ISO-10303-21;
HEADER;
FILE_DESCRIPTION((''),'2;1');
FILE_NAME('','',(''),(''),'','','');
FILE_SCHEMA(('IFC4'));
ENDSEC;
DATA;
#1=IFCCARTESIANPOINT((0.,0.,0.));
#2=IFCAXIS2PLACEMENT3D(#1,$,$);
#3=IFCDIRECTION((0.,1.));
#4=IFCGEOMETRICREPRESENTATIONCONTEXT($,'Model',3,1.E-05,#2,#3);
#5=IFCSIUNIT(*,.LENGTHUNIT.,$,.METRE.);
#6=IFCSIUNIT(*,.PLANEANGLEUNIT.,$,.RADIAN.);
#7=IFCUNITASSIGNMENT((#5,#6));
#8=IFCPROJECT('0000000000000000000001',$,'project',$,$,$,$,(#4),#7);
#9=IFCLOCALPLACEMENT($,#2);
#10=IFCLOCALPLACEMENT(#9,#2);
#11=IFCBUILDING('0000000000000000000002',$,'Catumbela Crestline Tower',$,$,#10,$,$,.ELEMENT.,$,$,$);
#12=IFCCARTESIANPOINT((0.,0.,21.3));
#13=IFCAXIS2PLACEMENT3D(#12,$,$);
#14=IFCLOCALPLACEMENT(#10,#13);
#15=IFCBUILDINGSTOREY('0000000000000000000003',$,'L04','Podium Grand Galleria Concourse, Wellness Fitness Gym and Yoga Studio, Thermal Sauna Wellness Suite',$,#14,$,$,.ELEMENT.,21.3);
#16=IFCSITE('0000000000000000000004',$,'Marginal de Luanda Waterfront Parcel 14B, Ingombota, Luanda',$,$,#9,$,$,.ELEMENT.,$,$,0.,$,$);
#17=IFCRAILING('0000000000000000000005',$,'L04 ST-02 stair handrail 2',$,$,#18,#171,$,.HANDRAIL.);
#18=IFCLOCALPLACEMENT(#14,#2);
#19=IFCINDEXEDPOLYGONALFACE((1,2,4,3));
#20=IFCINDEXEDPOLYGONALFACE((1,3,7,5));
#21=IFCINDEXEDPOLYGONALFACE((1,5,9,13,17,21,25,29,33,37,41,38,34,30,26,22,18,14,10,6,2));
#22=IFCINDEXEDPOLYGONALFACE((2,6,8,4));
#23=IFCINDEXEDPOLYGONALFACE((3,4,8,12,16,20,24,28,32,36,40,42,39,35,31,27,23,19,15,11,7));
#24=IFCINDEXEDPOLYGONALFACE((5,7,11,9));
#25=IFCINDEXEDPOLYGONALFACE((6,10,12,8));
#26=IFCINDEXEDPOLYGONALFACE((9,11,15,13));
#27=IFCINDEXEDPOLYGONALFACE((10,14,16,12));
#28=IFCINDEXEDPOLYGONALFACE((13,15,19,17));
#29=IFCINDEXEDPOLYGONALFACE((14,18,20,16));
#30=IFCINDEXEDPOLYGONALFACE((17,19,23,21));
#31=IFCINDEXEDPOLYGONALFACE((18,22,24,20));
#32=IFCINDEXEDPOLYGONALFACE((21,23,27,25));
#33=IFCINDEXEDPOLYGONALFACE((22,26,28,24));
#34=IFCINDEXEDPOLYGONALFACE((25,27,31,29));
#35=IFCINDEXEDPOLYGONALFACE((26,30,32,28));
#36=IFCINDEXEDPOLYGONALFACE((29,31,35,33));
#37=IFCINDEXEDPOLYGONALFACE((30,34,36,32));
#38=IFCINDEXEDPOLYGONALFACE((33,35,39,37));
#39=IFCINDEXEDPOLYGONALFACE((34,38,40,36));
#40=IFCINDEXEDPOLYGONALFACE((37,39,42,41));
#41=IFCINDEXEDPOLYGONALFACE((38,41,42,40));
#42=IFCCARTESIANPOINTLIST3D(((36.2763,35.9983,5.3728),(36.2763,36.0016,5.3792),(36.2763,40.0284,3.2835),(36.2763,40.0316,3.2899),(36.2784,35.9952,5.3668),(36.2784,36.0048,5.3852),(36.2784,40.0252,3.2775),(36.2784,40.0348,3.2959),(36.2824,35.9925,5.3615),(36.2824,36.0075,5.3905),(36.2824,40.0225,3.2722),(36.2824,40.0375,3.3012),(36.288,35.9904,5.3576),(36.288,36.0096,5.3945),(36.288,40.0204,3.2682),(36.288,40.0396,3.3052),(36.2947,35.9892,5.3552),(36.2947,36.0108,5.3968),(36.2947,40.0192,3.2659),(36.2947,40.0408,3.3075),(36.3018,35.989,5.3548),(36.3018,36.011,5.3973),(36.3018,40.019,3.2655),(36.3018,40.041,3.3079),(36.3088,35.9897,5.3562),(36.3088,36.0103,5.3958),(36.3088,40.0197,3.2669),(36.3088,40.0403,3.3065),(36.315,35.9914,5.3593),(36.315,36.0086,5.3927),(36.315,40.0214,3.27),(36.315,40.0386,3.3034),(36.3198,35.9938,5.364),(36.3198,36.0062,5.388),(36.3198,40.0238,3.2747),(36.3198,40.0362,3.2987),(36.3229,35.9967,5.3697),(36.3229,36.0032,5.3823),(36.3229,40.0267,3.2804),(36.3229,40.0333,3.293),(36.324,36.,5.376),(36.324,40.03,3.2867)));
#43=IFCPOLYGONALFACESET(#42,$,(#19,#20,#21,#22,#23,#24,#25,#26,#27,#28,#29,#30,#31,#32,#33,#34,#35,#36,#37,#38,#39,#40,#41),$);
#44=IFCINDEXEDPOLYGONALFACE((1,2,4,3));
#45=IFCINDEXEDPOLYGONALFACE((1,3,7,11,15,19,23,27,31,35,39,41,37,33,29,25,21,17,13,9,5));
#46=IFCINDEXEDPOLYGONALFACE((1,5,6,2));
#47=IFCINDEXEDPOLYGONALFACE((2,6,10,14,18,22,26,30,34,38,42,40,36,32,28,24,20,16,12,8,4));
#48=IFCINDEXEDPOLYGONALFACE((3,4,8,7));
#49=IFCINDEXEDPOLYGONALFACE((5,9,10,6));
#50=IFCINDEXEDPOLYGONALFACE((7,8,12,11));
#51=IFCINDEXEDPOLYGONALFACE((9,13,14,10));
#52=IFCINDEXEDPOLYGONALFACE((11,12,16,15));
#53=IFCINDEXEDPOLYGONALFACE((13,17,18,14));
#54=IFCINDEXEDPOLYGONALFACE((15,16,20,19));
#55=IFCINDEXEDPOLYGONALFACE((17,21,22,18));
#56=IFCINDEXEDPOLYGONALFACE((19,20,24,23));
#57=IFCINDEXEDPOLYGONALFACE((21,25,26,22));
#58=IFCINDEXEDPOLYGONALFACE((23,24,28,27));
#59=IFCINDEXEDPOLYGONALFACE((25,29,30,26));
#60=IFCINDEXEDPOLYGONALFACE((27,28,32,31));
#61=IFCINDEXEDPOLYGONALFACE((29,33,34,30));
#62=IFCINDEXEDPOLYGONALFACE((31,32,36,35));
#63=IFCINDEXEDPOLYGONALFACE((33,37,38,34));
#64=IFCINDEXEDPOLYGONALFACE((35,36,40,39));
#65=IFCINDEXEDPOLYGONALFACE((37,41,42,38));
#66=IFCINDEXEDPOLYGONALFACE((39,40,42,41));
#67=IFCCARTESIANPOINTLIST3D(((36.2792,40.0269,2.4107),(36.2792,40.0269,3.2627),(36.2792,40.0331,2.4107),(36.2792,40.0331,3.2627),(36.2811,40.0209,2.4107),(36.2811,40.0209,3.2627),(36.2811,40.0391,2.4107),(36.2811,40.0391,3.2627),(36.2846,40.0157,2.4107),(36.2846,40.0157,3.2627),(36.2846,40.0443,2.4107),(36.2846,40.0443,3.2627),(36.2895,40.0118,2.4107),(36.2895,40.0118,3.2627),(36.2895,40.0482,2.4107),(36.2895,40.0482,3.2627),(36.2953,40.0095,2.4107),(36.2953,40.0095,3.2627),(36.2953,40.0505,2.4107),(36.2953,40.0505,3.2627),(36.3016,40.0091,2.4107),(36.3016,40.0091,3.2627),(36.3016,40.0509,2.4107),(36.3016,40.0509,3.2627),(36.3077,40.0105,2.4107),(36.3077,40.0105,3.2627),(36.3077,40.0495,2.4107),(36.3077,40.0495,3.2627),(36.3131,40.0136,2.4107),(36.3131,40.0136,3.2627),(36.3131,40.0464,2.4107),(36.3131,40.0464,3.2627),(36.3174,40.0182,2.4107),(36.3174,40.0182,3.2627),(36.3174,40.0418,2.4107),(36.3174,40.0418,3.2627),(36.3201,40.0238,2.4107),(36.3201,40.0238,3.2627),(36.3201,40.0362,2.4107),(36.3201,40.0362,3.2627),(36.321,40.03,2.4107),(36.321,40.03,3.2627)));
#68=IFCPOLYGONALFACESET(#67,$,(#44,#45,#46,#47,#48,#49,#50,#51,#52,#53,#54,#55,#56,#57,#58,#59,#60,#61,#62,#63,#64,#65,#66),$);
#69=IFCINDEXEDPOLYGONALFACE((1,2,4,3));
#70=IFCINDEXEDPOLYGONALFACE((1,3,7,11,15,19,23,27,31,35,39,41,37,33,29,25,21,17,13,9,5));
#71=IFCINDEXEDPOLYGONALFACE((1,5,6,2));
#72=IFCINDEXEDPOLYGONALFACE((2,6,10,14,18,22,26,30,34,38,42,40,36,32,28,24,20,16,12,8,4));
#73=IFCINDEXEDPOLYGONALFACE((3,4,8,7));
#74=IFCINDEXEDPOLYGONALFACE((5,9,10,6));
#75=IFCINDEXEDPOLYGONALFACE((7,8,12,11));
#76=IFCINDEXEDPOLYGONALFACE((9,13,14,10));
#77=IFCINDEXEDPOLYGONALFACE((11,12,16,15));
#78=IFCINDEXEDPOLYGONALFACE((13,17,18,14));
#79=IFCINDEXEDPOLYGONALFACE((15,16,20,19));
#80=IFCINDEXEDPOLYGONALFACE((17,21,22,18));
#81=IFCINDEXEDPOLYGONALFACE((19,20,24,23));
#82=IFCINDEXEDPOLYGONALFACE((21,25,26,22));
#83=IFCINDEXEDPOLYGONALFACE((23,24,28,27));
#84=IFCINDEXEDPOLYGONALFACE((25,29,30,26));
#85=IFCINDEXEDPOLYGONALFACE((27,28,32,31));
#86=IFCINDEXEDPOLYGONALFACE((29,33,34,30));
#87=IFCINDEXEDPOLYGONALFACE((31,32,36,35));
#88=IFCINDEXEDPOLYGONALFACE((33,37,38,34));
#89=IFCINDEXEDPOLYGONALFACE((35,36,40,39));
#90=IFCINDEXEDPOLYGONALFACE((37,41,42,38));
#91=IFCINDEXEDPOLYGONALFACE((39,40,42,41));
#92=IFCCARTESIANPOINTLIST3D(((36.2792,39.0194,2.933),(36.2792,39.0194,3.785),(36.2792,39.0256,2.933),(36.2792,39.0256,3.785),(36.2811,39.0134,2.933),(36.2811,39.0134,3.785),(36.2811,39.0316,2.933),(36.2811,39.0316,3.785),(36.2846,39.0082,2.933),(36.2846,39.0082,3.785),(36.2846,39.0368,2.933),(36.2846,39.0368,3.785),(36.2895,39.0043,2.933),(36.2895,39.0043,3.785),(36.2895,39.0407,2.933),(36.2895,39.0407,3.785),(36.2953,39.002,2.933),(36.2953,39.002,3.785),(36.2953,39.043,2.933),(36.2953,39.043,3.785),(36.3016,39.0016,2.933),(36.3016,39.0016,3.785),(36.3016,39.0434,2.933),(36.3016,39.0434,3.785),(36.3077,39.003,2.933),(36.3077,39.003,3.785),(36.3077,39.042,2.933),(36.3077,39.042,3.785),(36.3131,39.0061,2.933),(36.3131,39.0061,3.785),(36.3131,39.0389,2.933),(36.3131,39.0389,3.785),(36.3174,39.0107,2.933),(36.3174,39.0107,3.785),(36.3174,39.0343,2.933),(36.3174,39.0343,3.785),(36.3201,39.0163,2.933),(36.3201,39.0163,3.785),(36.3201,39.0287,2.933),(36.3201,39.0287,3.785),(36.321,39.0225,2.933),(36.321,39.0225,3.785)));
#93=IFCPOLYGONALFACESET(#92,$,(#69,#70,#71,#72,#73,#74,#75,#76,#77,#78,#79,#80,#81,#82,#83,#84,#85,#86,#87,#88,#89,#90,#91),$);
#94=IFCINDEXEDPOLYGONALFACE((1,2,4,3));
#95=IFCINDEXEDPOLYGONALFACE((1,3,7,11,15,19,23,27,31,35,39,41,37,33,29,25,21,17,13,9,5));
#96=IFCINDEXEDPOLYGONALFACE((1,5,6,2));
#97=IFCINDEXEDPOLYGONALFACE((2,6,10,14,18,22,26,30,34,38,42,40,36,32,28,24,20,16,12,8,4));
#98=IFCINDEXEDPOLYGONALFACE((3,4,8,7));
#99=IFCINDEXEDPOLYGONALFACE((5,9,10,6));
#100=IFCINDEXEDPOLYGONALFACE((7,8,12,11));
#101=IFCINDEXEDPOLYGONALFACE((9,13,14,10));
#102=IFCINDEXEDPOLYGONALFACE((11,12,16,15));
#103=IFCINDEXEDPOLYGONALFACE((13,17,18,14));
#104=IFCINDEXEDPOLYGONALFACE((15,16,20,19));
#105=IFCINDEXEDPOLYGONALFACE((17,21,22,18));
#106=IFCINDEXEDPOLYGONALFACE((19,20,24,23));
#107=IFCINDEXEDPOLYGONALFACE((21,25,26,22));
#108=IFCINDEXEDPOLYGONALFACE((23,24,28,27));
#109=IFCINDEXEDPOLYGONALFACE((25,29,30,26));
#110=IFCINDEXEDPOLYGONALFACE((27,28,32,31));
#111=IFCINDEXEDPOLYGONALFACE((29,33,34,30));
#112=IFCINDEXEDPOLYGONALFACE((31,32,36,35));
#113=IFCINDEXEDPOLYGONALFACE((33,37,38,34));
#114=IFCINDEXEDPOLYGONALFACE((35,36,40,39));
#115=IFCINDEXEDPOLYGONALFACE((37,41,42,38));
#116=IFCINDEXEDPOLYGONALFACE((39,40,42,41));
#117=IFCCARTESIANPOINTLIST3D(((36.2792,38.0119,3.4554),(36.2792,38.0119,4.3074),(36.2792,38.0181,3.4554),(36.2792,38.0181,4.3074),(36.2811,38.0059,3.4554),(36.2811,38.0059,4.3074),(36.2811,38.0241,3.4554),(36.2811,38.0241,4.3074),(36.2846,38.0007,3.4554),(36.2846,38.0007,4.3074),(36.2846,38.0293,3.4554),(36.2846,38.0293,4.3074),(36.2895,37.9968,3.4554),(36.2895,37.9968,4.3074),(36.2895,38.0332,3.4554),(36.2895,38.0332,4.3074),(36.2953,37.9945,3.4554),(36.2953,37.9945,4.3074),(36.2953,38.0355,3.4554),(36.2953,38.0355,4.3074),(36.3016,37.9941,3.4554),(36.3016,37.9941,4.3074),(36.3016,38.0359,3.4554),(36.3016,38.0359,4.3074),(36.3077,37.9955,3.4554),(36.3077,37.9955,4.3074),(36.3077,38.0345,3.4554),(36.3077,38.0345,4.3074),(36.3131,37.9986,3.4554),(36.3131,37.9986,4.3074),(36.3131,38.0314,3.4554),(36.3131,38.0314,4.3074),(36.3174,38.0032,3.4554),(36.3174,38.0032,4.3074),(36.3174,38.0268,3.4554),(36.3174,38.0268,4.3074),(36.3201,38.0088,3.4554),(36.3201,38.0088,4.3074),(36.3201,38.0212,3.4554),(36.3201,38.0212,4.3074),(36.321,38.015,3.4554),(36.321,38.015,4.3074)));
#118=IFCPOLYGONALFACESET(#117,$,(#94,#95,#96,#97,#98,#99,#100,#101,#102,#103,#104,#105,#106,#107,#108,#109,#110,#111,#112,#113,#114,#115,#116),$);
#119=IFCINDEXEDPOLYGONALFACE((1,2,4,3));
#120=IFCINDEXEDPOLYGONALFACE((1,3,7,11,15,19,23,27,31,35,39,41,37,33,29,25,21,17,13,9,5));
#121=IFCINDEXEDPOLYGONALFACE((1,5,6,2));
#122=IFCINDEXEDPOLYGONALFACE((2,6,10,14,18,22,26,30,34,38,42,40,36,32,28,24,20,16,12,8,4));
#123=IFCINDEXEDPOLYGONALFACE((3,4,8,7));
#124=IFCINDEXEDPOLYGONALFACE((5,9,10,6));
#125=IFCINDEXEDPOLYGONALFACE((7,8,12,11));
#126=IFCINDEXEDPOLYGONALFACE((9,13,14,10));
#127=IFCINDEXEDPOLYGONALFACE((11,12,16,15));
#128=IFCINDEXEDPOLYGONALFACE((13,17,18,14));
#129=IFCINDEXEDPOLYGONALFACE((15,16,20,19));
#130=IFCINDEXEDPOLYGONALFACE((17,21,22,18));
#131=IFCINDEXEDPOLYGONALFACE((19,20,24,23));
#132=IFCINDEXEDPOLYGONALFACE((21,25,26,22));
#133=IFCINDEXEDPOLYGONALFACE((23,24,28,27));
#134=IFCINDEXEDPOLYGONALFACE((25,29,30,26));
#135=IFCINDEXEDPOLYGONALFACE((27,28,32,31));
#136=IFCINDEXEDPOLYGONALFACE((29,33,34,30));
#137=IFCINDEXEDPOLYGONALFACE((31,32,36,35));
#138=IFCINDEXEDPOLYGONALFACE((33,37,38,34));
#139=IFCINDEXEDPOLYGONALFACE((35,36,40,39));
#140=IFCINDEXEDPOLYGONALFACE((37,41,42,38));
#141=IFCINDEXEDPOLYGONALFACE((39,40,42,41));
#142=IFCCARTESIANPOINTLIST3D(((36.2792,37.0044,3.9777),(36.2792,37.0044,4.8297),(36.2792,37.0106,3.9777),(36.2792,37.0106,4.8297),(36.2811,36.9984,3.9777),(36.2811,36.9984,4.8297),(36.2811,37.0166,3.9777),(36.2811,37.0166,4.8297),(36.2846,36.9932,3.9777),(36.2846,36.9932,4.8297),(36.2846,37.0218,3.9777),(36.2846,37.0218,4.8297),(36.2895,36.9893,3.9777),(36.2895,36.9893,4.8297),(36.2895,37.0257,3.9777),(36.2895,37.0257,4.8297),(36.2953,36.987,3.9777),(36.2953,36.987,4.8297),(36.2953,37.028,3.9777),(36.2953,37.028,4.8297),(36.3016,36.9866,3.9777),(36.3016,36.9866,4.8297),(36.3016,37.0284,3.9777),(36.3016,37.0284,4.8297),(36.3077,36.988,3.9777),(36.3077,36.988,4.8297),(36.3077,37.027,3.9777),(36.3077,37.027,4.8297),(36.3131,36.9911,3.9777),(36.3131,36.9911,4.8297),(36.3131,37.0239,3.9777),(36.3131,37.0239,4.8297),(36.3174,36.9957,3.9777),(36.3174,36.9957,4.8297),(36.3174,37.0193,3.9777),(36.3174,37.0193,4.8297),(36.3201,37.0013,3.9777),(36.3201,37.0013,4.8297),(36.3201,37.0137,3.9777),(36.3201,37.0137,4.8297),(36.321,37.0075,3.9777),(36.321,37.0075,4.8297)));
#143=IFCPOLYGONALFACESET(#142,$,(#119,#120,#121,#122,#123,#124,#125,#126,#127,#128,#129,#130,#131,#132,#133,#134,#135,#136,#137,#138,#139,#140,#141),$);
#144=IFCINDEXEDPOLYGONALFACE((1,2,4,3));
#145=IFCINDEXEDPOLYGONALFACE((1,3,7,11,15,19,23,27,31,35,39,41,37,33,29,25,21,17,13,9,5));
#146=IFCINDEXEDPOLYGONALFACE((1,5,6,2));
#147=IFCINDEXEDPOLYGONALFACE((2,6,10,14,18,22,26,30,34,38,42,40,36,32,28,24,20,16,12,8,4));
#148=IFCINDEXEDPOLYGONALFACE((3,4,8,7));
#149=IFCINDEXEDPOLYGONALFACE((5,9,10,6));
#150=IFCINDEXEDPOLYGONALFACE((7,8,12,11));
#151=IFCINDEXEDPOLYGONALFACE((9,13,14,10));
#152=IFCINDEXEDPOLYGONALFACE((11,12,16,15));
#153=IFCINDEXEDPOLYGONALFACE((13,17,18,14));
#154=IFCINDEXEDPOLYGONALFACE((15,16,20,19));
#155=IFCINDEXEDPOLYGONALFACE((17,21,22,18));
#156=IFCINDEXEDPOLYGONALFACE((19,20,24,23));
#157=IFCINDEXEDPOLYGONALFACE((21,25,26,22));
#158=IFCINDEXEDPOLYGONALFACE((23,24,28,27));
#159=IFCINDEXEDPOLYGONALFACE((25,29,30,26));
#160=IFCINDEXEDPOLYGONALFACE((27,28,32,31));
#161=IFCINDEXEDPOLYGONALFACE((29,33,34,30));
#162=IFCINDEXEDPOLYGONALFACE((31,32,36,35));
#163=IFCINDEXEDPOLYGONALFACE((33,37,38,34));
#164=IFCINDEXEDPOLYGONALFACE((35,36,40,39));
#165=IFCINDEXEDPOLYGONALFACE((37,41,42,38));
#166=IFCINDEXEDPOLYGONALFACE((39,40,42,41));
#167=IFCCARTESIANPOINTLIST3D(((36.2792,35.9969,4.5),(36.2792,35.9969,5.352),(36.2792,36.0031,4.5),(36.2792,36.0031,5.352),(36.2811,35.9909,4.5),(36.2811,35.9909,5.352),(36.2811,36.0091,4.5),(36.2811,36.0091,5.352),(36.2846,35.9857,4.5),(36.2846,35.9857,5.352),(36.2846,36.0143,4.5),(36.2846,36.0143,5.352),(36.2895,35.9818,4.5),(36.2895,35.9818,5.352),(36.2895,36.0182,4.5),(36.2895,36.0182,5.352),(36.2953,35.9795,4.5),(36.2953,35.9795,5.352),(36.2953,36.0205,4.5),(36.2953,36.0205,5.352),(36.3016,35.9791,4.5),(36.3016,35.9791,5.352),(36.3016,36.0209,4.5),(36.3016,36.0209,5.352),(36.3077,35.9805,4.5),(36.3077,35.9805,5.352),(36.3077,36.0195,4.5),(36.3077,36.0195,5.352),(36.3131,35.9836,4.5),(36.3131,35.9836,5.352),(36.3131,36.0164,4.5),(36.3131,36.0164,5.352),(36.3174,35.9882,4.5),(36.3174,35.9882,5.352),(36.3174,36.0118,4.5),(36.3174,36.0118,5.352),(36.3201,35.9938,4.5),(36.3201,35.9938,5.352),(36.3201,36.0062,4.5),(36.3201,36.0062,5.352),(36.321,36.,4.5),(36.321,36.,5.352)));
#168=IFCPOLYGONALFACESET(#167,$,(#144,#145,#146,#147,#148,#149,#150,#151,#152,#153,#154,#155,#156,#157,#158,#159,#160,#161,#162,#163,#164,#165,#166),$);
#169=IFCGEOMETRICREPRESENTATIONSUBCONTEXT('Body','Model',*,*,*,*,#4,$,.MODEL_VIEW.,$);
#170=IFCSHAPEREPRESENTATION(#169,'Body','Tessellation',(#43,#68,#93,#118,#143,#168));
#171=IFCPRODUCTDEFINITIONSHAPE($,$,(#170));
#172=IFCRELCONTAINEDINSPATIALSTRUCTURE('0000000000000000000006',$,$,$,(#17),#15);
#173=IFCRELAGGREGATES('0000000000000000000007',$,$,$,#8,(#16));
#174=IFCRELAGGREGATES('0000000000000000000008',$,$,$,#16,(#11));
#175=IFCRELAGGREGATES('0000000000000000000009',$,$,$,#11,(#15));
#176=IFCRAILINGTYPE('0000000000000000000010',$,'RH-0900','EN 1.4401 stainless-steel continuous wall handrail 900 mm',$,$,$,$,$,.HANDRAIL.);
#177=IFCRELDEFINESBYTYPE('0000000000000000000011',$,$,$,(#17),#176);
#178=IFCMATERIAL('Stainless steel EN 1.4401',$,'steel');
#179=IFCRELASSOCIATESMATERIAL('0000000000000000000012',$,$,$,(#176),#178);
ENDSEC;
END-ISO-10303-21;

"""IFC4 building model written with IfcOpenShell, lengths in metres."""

from ifc_helpers import new_model, si_unit, direction, frame, origin, origin_2d, place, context, subcontext, project, spatial, circle, extrude, material, type_object, element, save


model = new_model("IFC4")

# Units and contexts
model_context = context("Model", 3, precision=1e-05, world=origin(), true_north=direction((0.0, 1.0)))
body_context = subcontext(model_context, "Body", "Model", "MODEL_VIEW")
ifc_project = project(units=[si_unit("LENGTHUNIT", "METRE"), si_unit("PLANEANGLEUNIT", "RADIAN")], contexts=[model_context])

# Site, building, storey
site_placement = place(None, origin())
site = spatial("IfcSite", under=ifc_project, at=site_placement, Name="Marginal de Luanda Waterfront Parcel 14B, Ingombota, Luanda", CompositionType="ELEMENT", RefElevation=0.0)
building_placement = place(site_placement, origin())
building = spatial("IfcBuilding", under=site, at=building_placement, Name="Catumbela Crestline Tower", CompositionType="ELEMENT")
storey_placement = place(building_placement, frame((0.0, 0.0, 21.3)))
storey = spatial("IfcBuildingStorey", under=building, at=storey_placement, Name="L04", Description="Podium Grand Galleria Concourse, Wellness Fitness Gym and Yoga Studio, Thermal Sauna Wellness Suite", CompositionType="ELEMENT", Elevation=21.3)

# Shared definitions
ifc_material_1 = material(Name="Stainless steel EN 1.4401", Category="steel")

# Railing
railing_type_1 = type_object("IfcRailingType", Name="RH-0900", Description="EN 1.4401 stainless-steel continuous wall handrail 900 mm", PredefinedType="HANDRAIL", material=ifc_material_1)
railing_1_placement = place(storey_placement, frame((36.3, 40.03, 2.4107)))
element("IfcRailing", 1, at=railing_1_placement, inside=storey, type_object=railing_type_1, Name="L04 ST-02 stair handrail 2", PredefinedType="HANDRAIL", context=body_context, shape_type="SweptSolid", body=[
    extrude(circle(Radius=0.024, at=origin_2d()), frame((0.0, 0.0, 0.876), z_axis=(0.0, -0.887784, 0.46026), x_axis=(1.0, 0.0, 0.0)), (0.0, 0.0, 1.0), 4.5394),
    extrude(circle(Radius=0.021, at=origin_2d()), origin(), (0.0, 0.0, 1.0), 0.852),
    extrude(circle(Radius=0.021, at=origin_2d()), frame((0.0, -1.0075, 0.5223)), (0.0, 0.0, 1.0), 0.852),
    extrude(circle(Radius=0.021, at=origin_2d()), frame((0.0, -2.015, 1.0447)), (0.0, 0.0, 1.0), 0.852),
    extrude(circle(Radius=0.021, at=origin_2d()), frame((0.0, -3.0225, 1.567)), (0.0, 0.0, 1.0), 0.852),
    extrude(circle(Radius=0.021, at=origin_2d()), frame((0.0, -4.03, 2.0893)), (0.0, 0.0, 1.0), 0.852),
])

save(model, "model.ifc")
